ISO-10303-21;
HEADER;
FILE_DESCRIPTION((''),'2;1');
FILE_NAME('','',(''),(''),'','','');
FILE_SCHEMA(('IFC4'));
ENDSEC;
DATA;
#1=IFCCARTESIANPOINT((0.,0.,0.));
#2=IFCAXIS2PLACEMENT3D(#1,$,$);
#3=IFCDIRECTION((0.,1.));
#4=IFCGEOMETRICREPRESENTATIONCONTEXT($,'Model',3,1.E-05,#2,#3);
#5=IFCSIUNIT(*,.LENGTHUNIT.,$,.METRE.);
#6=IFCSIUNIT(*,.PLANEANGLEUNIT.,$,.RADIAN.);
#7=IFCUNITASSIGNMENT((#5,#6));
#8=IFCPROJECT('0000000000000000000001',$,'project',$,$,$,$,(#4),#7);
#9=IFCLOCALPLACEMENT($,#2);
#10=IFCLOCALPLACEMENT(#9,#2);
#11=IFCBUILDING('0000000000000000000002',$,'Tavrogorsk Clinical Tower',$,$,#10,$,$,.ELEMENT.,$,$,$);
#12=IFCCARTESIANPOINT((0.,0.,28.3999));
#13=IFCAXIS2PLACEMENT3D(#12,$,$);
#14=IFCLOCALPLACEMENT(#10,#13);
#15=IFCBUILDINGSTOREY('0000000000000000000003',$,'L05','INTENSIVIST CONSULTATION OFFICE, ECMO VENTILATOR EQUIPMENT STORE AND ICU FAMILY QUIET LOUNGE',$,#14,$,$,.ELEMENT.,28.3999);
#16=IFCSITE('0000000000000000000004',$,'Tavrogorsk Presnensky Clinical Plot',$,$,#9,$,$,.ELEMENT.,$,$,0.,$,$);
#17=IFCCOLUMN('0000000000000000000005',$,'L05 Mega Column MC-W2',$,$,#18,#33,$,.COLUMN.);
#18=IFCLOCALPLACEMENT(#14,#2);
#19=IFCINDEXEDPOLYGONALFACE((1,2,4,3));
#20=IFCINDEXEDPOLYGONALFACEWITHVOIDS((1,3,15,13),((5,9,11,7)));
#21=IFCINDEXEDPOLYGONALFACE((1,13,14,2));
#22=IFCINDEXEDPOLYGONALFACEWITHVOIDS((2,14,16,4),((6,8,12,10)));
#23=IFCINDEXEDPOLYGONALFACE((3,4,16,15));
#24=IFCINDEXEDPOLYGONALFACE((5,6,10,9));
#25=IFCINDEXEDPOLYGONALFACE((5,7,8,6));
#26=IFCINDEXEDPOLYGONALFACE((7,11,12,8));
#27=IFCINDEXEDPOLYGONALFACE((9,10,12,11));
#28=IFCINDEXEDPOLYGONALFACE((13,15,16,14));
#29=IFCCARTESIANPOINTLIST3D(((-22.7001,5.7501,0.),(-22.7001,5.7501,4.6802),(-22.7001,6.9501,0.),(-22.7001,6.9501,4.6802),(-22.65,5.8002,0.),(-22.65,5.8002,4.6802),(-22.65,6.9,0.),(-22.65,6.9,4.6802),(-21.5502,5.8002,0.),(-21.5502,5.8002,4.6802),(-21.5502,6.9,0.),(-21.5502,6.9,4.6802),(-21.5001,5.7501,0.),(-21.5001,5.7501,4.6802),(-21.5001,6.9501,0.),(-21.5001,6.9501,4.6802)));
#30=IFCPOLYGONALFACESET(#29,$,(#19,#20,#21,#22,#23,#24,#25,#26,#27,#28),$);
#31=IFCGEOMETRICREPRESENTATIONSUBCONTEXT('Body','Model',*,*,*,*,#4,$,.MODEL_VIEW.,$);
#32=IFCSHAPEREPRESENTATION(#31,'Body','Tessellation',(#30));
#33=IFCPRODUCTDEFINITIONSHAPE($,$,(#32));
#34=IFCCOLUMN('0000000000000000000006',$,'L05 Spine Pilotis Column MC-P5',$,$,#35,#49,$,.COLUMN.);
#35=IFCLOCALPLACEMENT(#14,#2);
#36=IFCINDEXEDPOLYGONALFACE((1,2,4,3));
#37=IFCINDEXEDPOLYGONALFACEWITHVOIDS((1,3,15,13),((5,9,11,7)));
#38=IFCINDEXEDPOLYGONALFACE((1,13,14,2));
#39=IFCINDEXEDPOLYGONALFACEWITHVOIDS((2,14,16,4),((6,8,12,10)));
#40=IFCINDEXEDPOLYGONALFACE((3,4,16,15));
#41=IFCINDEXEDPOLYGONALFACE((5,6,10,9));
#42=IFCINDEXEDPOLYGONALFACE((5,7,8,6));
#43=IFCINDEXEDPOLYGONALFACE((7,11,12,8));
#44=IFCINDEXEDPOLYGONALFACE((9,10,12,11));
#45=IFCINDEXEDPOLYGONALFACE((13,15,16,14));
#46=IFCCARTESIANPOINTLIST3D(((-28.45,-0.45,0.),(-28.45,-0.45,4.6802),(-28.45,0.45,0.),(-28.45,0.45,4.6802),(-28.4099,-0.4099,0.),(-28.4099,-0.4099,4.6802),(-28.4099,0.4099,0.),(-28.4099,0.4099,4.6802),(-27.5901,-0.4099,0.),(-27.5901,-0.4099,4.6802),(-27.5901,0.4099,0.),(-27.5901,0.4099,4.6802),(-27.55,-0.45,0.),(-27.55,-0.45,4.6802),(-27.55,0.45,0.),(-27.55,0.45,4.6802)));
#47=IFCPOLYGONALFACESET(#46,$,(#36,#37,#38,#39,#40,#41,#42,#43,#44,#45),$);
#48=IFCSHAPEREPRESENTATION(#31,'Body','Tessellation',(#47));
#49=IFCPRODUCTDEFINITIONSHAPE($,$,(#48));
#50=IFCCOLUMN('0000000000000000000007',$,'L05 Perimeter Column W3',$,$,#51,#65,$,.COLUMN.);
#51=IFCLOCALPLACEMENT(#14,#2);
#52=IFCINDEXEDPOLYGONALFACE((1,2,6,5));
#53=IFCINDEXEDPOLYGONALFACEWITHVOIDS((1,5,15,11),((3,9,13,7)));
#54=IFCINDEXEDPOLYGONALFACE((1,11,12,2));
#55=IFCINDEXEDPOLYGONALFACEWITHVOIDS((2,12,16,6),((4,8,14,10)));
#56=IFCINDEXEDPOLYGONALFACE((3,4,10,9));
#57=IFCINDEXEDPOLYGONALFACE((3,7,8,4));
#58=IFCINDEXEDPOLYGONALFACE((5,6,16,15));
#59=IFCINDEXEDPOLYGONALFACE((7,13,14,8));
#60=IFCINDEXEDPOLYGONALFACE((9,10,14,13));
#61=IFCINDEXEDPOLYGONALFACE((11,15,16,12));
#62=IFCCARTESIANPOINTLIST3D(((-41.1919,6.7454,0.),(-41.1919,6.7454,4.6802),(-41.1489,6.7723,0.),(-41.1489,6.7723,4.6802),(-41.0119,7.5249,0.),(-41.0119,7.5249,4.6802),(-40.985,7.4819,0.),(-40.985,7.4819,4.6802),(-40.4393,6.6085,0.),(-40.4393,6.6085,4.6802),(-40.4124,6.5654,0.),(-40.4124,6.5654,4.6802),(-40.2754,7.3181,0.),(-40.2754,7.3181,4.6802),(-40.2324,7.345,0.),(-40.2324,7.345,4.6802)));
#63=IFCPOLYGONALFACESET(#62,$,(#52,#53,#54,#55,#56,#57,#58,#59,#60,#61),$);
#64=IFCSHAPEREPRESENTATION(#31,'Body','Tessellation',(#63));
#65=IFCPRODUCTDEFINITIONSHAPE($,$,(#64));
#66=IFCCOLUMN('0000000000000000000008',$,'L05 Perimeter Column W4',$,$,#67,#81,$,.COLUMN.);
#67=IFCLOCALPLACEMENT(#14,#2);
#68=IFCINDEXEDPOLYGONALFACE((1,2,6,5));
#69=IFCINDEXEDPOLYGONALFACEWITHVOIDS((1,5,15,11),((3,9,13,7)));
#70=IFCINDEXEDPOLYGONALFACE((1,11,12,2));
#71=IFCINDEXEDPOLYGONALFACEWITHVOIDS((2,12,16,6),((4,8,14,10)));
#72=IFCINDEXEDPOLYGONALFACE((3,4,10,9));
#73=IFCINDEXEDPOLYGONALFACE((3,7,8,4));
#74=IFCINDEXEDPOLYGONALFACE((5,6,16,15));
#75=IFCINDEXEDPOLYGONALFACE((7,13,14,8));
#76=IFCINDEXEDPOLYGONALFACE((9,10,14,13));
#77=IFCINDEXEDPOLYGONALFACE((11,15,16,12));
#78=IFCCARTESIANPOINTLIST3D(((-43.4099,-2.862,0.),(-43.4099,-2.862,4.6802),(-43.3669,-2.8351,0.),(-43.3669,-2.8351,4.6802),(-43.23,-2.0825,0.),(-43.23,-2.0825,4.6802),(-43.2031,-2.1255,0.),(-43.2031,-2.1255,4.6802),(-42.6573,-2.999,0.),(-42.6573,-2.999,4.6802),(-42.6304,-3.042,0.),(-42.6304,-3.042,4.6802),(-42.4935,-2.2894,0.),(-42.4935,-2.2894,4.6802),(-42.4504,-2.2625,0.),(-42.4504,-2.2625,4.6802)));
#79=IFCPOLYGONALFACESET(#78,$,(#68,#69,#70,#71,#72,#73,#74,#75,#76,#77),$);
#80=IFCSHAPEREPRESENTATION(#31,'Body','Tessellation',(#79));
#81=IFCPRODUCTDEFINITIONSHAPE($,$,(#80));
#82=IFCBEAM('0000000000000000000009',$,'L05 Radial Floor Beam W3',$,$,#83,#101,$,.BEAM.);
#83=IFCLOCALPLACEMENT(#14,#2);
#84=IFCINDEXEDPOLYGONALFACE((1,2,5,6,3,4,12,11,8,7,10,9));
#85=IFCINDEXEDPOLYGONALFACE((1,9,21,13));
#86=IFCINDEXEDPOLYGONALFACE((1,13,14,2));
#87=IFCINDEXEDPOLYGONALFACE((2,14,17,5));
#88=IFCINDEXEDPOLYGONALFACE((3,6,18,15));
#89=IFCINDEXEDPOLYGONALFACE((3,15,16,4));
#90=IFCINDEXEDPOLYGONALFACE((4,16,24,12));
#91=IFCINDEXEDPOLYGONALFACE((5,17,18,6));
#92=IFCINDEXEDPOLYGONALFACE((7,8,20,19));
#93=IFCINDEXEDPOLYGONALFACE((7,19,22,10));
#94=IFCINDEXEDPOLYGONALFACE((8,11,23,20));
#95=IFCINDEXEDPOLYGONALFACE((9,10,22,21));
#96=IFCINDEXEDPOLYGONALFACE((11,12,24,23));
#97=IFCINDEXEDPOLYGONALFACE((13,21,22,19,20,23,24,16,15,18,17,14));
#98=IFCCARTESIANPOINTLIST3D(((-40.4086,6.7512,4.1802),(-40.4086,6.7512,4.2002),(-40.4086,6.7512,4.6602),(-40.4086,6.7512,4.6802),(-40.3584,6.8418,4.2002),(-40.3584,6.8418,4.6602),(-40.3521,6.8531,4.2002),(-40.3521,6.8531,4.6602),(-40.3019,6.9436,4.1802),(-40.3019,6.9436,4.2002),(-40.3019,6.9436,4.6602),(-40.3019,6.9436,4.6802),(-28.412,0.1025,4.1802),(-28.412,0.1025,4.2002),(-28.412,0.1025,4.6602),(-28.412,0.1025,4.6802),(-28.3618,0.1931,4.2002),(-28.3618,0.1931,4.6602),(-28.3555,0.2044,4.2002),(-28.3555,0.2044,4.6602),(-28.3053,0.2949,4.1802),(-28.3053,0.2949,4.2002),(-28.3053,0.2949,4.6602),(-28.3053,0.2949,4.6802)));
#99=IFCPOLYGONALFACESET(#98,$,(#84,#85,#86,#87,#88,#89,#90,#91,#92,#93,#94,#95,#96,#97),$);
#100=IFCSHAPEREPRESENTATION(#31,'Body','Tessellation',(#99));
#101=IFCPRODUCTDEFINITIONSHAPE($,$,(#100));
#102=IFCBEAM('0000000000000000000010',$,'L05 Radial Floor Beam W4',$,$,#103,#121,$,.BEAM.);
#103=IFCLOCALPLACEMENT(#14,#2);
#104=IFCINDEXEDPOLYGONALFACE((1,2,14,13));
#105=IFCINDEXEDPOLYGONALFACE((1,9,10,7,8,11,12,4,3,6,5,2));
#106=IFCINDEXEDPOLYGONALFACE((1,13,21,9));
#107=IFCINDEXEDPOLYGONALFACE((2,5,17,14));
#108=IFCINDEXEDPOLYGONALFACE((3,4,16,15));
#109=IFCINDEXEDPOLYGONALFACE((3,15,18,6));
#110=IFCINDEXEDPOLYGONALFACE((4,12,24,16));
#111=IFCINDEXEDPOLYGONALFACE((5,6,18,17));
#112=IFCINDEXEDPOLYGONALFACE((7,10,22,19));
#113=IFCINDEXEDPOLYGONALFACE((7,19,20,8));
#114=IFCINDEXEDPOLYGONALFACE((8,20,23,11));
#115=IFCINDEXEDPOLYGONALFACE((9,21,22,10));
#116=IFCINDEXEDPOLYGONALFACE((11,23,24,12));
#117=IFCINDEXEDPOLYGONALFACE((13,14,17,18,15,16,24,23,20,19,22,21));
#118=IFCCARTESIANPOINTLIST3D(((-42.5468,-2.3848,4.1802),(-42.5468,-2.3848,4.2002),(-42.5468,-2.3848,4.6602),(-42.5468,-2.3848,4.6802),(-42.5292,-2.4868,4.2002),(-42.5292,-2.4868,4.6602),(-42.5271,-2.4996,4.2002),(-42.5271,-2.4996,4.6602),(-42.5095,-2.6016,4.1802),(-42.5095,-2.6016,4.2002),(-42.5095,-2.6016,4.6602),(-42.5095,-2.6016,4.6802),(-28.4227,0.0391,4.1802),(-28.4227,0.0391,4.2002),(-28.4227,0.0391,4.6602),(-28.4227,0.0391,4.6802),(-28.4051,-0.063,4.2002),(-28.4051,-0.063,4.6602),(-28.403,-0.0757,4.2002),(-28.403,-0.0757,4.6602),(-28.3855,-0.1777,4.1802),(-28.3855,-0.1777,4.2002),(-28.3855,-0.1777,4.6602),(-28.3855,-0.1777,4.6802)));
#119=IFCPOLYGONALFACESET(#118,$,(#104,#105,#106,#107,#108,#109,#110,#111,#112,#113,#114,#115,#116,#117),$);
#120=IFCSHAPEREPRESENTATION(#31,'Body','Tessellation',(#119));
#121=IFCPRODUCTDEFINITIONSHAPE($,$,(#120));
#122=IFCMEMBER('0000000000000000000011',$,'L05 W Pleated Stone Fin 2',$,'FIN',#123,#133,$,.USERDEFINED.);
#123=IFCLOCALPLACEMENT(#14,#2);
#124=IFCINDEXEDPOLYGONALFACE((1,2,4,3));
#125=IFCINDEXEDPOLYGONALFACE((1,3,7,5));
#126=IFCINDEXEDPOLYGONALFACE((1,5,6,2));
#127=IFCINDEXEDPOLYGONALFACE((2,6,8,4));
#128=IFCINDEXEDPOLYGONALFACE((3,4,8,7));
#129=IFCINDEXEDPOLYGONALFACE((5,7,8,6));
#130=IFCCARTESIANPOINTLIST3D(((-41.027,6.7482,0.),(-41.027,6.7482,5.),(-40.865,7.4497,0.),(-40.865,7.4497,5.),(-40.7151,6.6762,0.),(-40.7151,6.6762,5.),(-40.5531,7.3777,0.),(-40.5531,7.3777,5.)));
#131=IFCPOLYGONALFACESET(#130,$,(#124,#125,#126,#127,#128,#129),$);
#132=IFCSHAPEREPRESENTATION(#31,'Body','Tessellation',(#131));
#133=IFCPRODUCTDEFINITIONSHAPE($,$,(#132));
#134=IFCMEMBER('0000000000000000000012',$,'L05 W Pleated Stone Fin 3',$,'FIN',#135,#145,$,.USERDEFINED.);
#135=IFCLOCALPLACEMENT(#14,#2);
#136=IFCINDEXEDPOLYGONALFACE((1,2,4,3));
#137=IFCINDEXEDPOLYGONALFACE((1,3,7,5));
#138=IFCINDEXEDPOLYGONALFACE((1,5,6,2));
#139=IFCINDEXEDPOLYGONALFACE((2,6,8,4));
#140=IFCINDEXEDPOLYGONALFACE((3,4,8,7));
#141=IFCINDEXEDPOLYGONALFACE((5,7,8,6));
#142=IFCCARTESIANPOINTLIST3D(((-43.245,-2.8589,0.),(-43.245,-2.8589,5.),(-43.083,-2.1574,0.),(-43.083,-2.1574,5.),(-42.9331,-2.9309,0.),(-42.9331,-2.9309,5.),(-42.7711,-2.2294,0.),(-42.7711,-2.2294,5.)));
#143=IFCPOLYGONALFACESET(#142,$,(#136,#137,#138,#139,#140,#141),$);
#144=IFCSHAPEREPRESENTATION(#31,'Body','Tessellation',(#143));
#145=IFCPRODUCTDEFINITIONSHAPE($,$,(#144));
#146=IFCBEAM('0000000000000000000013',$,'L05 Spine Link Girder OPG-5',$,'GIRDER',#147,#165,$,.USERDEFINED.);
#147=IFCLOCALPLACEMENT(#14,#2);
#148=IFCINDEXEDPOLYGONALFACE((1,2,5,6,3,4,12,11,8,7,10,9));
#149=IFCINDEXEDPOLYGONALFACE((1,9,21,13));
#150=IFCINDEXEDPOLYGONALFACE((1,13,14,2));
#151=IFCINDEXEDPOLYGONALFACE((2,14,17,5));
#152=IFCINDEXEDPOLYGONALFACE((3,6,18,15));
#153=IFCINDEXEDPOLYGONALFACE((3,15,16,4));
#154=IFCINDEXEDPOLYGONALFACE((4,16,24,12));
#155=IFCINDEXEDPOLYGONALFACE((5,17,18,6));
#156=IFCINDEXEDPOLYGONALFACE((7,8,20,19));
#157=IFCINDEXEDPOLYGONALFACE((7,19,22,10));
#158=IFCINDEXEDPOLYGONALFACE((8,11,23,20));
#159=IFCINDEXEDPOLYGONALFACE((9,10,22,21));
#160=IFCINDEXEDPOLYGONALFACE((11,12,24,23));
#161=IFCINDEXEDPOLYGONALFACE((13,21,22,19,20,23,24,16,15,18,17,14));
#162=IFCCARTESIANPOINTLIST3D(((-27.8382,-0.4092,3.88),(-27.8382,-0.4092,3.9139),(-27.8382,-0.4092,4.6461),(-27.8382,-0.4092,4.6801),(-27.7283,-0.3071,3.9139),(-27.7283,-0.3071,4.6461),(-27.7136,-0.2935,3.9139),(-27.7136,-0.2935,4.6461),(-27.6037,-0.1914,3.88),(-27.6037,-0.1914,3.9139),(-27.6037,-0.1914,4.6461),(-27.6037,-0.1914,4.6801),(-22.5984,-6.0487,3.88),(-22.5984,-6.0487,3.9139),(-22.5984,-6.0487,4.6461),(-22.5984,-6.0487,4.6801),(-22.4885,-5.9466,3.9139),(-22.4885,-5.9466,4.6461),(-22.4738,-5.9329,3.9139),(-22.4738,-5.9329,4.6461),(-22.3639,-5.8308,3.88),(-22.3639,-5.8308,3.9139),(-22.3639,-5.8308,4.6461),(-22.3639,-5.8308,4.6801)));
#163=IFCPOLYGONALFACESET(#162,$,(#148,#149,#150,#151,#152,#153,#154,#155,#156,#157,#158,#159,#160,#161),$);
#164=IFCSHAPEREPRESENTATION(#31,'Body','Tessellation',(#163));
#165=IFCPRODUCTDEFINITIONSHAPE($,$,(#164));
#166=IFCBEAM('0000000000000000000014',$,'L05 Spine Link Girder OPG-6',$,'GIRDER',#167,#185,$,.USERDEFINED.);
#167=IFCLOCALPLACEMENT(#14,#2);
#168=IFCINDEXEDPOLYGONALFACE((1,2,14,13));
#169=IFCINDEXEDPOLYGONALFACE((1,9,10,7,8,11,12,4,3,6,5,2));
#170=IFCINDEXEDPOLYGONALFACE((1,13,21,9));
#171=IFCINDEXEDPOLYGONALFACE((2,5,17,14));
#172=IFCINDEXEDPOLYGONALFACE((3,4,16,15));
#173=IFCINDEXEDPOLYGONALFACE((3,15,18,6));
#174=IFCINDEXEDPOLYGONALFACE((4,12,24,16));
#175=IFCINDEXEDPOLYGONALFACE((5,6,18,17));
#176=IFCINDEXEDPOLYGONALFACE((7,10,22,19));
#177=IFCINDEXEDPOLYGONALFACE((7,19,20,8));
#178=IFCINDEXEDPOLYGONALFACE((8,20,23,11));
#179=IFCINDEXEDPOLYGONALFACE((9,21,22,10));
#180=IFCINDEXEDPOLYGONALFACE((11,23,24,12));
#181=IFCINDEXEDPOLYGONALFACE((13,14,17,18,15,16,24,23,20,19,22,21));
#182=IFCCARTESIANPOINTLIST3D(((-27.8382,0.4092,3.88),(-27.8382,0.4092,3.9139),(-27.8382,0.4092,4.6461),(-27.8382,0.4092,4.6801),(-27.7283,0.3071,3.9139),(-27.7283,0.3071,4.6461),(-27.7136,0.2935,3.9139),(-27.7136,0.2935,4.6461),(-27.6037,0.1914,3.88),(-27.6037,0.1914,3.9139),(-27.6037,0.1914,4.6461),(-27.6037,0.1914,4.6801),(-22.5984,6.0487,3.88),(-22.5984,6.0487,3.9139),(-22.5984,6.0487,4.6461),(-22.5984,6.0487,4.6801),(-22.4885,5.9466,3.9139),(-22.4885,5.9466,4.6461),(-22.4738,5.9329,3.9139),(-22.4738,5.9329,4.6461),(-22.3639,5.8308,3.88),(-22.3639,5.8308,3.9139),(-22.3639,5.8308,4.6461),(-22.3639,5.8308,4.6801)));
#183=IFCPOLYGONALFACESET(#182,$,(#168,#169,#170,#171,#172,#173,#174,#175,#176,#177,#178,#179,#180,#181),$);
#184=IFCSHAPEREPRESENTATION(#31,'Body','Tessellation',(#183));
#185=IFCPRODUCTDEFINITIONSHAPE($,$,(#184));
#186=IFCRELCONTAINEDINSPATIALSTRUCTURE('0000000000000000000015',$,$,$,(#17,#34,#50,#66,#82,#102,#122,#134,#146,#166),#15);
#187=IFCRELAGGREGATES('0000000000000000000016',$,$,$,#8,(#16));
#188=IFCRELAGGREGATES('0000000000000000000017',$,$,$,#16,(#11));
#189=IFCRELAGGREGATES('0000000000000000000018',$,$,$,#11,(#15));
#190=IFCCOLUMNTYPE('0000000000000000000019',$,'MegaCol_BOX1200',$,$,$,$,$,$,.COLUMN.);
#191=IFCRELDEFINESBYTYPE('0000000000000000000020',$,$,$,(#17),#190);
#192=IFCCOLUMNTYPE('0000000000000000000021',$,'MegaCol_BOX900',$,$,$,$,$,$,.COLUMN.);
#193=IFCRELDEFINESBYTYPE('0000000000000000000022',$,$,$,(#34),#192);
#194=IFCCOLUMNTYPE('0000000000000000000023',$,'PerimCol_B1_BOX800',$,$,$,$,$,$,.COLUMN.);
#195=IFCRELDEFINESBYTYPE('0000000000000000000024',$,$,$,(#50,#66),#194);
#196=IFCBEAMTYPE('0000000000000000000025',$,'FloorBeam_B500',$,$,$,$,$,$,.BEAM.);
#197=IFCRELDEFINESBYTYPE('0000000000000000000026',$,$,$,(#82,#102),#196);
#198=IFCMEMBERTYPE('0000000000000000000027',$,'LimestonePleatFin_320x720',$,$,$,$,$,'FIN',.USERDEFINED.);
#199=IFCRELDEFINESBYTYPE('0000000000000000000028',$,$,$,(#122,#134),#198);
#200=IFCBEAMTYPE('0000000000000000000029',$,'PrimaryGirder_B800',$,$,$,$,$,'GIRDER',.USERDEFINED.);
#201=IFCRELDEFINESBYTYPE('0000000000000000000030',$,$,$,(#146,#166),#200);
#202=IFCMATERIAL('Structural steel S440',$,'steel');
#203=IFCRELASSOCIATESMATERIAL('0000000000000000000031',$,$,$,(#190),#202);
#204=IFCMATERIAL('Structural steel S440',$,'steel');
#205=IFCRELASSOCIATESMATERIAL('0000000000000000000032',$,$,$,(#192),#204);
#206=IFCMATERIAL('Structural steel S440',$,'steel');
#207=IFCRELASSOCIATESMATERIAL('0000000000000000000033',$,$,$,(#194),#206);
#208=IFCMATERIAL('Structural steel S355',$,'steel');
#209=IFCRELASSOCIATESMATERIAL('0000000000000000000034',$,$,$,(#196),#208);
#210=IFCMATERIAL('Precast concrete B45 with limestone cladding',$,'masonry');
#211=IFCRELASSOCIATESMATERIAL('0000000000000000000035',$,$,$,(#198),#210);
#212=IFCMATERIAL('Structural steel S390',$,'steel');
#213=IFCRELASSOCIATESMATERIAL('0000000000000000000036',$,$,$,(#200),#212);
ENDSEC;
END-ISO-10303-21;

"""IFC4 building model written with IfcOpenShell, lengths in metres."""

from ifc_helpers import new_model, si_unit, direction, frame, origin, origin_2d, place, context, subcontext, project, spatial, rectangle, hollow_rectangle, i_section, extrude, material, material_profile, profile_set, type_object, element, save


model = new_model("IFC4")

# Units and contexts
model_context = context("Model", 3, precision=1e-05, world=origin(), true_north=direction((0.0, 1.0)))
body_context = subcontext(model_context, "Body", "Model", "MODEL_VIEW")
ifc_project = project(units=[si_unit("LENGTHUNIT", "METRE"), si_unit("PLANEANGLEUNIT", "RADIAN")], contexts=[model_context])

# Site, building, storey
site_placement = place(None, origin())
site = spatial("IfcSite", under=ifc_project, at=site_placement, Name="Tavrogorsk Presnensky Clinical Plot", CompositionType="ELEMENT", RefElevation=0.0)
building_placement = place(site_placement, origin())
building = spatial("IfcBuilding", under=site, at=building_placement, Name="Tavrogorsk Clinical Tower", CompositionType="ELEMENT")
storey_placement = place(building_placement, frame((0.0, 0.0, 28.3999)))
storey = spatial("IfcBuildingStorey", under=building, at=storey_placement, Name="L05", Description="INTENSIVIST CONSULTATION OFFICE, ECMO VENTILATOR EQUIPMENT STORE AND ICU FAMILY QUIET LOUNGE", CompositionType="ELEMENT", Elevation=28.3999)

# Columns
ifc_material_1 = material(Name="Structural steel S440", Category="steel")
ifc_material_profile_1 = material_profile(ifc_material_1, hollow_rectangle(XDim=1.2, YDim=1.2, WallThickness=0.05, at=origin_2d()), Name="BOX-1200x1200x50")
ifc_profile_set_1 = profile_set([ifc_material_profile_1], Name="Structural steel S440")
column_type_1 = type_object("IfcColumnType", Name="MegaCol_BOX1200", PredefinedType="COLUMN", material=ifc_profile_set_1)
column_1_placement = place(storey_placement, frame((-22.1001, 6.3501, 0.0), z_axis=(0.0, 0.0, 1.0), x_axis=(1.0, 0.0, 0.0)))
element("IfcColumn", 1, at=column_1_placement, inside=storey, type_object=column_type_1, Name="L05 Mega Column MC-W2", PredefinedType="COLUMN", context=body_context, shape_type="SweptSolid", body=[
    extrude(hollow_rectangle(XDim=1.2, YDim=1.2, WallThickness=0.05, at=origin_2d()), origin(), (0.0, 0.0, 1.0), 4.6802),
])
ifc_material_2 = material(Name="Structural steel S440", Category="steel")
ifc_material_profile_2 = material_profile(ifc_material_2, hollow_rectangle(XDim=0.8999, YDim=0.8999, WallThickness=0.04, at=origin_2d()), Name="BOX-900x900x40")
ifc_profile_set_2 = profile_set([ifc_material_profile_2], Name="Structural steel S440")
column_type_2 = type_object("IfcColumnType", Name="MegaCol_BOX900", PredefinedType="COLUMN", material=ifc_profile_set_2)
column_2_placement = place(storey_placement, frame((-28.0, 0.0, 0.0), z_axis=(0.0, 0.0, 1.0), x_axis=(1.0, 0.0, 0.0)))
element("IfcColumn", 2, at=column_2_placement, inside=storey, type_object=column_type_2, Name="L05 Spine Pilotis Column MC-P5", PredefinedType="COLUMN", context=body_context, shape_type="SweptSolid", body=[
    extrude(hollow_rectangle(XDim=0.8999, YDim=0.8999, WallThickness=0.04, at=origin_2d()), origin(), (0.0, 0.0, 1.0), 4.6802),
])
ifc_material_3 = material(Name="Structural steel S440", Category="steel")
ifc_material_profile_3 = material_profile(ifc_material_3, hollow_rectangle(XDim=0.8, YDim=0.8, WallThickness=0.0359, at=origin_2d()), Name="BOX-800x800x36")
ifc_profile_set_3 = profile_set([ifc_material_profile_3], Name="Structural steel S440")
column_type_3 = type_object("IfcColumnType", Name="PerimCol_B1_BOX800", PredefinedType="COLUMN", material=ifc_profile_set_3)
for number, where, z_axis, x_axis, name in (
    (3, (-40.7122, 7.0452, 0.0), (0.0, 0.0, 1.0), (0.97437, -0.224951, 0.0), "L05 Perimeter Column W3"),
    (4, (-42.9302, -2.5623, 0.0), (0.0, 0.0, 1.0), (0.97437, -0.224951, 0.0), "L05 Perimeter Column W4"),
):
    element("IfcColumn", number, at=place(storey_placement, frame(where, z_axis=z_axis, x_axis=x_axis)), inside=storey, type_object=column_type_3, Name=name, PredefinedType="COLUMN", context=body_context, shape_type="SweptSolid", body=[
        extrude(hollow_rectangle(XDim=0.8, YDim=0.8, WallThickness=0.0359, at=origin_2d()), origin(), (0.0, 0.0, 1.0), 4.6802),
    ])

# Beams
ifc_material_4 = material(Name="Structural steel S355", Category="steel")
ifc_material_profile_4 = material_profile(ifc_material_4, i_section(OverallWidth=0.22, OverallDepth=0.5, WebThickness=0.0129, FlangeThickness=0.02, at=origin_2d()), Name="B-500x220x13x20")
ifc_profile_set_4 = profile_set([ifc_material_profile_4], Name="Structural steel S355")
beam_type_1 = type_object("IfcBeamType", Name="FloorBeam_B500", PredefinedType="BEAM", material=ifc_profile_set_4)
beam_1_placement = place(storey_placement, frame((-28.3586, 0.1987, 4.4302), z_axis=(-0.874655, 0.484746, 0.0), x_axis=(-0.484746, -0.874655, 0.0)))
element("IfcBeam", 5, at=beam_1_placement, inside=storey, type_object=beam_type_1, Name="L05 Radial Floor Beam W3", PredefinedType="BEAM", context=body_context, shape_type="SweptSolid", body=[
    extrude(i_section(OverallWidth=0.22, OverallDepth=0.5, WebThickness=0.0129, FlangeThickness=0.02, at=origin_2d()), origin(), (0.0, 0.0, 1.0), 13.7158),
])
beam_2_placement = place(storey_placement, frame((-28.4041, -0.0693, 4.4302), z_axis=(-0.985592, -0.169138, 0.0), x_axis=(0.169138, -0.985592, 0.0)))
element("IfcBeam", 6, at=beam_2_placement, inside=storey, type_object=beam_type_1, Name="L05 Radial Floor Beam W4", PredefinedType="BEAM", context=body_context, shape_type="SweptSolid", body=[
    extrude(i_section(OverallWidth=0.22, OverallDepth=0.5, WebThickness=0.0129, FlangeThickness=0.02, at=origin_2d()), origin(), (0.0, 0.0, 1.0), 14.3306),
])

# Members
ifc_material_5 = material(Name="Precast concrete B45 with limestone cladding", Category="masonry")
ifc_material_profile_5 = material_profile(ifc_material_5, rectangle(XDim=0.3201, YDim=0.72, at=origin_2d()), Name="LIMESTONE-FIN-320x720")
ifc_profile_set_5 = profile_set([ifc_material_profile_5], Name="Precast concrete B45 with limestone cladding")
member_type = type_object("IfcMemberType", Name="LimestonePleatFin_320x720", ElementType="FIN", PredefinedType="USERDEFINED", material=ifc_profile_set_5)
for number, where, z_axis, x_axis, name in (
    (7, (-40.79, 7.063, 0.0), (0.0, 0.0, 1.0), (0.97437, -0.224951, 0.0), "L05 W Pleated Stone Fin 2"),
    (8, (-43.0081, -2.5442, 0.0), (0.0, 0.0, 1.0), (0.97437, -0.224951, 0.0), "L05 W Pleated Stone Fin 3"),
):
    element("IfcMember", number, at=place(storey_placement, frame(where, z_axis=z_axis, x_axis=x_axis)), inside=storey, type_object=member_type, Name=name, ObjectType="FIN", PredefinedType="USERDEFINED", context=body_context, shape_type="SweptSolid", body=[
        extrude(rectangle(XDim=0.3201, YDim=0.72, at=origin_2d()), origin(), (0.0, 0.0, 1.0), 5.0),
    ])

# Beams
ifc_material_6 = material(Name="Structural steel S390", Category="steel")
ifc_material_profile_6 = material_profile(ifc_material_6, i_section(OverallWidth=0.3201, OverallDepth=0.8, WebThickness=0.02, FlangeThickness=0.0339, at=origin_2d()), Name="B-800x320x20x34")
ifc_profile_set_6 = profile_set([ifc_material_profile_6], Name="Structural steel S390")
beam_type_2 = type_object("IfcBeamType", Name="PrimaryGirder_B800", ElementType="GIRDER", PredefinedType="USERDEFINED", material=ifc_profile_set_6)
for number, where, z_axis, x_axis, name in (
    (9, (-27.7209, -0.3003, 4.28), (0.680671, -0.732589, 0.0), (0.732589, 0.680671, 0.0), "L05 Spine Link Girder OPG-5"),
    (10, (-27.7209, 0.3003, 4.28), (0.680671, 0.732589, 0.0), (-0.732589, 0.680671, 0.0), "L05 Spine Link Girder OPG-6"),
):
    element("IfcBeam", number, at=place(storey_placement, frame(where, z_axis=z_axis, x_axis=x_axis)), inside=storey, type_object=beam_type_2, Name=name, ObjectType="GIRDER", PredefinedType="USERDEFINED", context=body_context, shape_type="SweptSolid", body=[
        extrude(i_section(OverallWidth=0.3201, OverallDepth=0.8, WebThickness=0.02, FlangeThickness=0.0339, at=origin_2d()), origin(), (0.0, 0.0, 1.0), 7.698),
    ])

save(model, "model.ifc")
